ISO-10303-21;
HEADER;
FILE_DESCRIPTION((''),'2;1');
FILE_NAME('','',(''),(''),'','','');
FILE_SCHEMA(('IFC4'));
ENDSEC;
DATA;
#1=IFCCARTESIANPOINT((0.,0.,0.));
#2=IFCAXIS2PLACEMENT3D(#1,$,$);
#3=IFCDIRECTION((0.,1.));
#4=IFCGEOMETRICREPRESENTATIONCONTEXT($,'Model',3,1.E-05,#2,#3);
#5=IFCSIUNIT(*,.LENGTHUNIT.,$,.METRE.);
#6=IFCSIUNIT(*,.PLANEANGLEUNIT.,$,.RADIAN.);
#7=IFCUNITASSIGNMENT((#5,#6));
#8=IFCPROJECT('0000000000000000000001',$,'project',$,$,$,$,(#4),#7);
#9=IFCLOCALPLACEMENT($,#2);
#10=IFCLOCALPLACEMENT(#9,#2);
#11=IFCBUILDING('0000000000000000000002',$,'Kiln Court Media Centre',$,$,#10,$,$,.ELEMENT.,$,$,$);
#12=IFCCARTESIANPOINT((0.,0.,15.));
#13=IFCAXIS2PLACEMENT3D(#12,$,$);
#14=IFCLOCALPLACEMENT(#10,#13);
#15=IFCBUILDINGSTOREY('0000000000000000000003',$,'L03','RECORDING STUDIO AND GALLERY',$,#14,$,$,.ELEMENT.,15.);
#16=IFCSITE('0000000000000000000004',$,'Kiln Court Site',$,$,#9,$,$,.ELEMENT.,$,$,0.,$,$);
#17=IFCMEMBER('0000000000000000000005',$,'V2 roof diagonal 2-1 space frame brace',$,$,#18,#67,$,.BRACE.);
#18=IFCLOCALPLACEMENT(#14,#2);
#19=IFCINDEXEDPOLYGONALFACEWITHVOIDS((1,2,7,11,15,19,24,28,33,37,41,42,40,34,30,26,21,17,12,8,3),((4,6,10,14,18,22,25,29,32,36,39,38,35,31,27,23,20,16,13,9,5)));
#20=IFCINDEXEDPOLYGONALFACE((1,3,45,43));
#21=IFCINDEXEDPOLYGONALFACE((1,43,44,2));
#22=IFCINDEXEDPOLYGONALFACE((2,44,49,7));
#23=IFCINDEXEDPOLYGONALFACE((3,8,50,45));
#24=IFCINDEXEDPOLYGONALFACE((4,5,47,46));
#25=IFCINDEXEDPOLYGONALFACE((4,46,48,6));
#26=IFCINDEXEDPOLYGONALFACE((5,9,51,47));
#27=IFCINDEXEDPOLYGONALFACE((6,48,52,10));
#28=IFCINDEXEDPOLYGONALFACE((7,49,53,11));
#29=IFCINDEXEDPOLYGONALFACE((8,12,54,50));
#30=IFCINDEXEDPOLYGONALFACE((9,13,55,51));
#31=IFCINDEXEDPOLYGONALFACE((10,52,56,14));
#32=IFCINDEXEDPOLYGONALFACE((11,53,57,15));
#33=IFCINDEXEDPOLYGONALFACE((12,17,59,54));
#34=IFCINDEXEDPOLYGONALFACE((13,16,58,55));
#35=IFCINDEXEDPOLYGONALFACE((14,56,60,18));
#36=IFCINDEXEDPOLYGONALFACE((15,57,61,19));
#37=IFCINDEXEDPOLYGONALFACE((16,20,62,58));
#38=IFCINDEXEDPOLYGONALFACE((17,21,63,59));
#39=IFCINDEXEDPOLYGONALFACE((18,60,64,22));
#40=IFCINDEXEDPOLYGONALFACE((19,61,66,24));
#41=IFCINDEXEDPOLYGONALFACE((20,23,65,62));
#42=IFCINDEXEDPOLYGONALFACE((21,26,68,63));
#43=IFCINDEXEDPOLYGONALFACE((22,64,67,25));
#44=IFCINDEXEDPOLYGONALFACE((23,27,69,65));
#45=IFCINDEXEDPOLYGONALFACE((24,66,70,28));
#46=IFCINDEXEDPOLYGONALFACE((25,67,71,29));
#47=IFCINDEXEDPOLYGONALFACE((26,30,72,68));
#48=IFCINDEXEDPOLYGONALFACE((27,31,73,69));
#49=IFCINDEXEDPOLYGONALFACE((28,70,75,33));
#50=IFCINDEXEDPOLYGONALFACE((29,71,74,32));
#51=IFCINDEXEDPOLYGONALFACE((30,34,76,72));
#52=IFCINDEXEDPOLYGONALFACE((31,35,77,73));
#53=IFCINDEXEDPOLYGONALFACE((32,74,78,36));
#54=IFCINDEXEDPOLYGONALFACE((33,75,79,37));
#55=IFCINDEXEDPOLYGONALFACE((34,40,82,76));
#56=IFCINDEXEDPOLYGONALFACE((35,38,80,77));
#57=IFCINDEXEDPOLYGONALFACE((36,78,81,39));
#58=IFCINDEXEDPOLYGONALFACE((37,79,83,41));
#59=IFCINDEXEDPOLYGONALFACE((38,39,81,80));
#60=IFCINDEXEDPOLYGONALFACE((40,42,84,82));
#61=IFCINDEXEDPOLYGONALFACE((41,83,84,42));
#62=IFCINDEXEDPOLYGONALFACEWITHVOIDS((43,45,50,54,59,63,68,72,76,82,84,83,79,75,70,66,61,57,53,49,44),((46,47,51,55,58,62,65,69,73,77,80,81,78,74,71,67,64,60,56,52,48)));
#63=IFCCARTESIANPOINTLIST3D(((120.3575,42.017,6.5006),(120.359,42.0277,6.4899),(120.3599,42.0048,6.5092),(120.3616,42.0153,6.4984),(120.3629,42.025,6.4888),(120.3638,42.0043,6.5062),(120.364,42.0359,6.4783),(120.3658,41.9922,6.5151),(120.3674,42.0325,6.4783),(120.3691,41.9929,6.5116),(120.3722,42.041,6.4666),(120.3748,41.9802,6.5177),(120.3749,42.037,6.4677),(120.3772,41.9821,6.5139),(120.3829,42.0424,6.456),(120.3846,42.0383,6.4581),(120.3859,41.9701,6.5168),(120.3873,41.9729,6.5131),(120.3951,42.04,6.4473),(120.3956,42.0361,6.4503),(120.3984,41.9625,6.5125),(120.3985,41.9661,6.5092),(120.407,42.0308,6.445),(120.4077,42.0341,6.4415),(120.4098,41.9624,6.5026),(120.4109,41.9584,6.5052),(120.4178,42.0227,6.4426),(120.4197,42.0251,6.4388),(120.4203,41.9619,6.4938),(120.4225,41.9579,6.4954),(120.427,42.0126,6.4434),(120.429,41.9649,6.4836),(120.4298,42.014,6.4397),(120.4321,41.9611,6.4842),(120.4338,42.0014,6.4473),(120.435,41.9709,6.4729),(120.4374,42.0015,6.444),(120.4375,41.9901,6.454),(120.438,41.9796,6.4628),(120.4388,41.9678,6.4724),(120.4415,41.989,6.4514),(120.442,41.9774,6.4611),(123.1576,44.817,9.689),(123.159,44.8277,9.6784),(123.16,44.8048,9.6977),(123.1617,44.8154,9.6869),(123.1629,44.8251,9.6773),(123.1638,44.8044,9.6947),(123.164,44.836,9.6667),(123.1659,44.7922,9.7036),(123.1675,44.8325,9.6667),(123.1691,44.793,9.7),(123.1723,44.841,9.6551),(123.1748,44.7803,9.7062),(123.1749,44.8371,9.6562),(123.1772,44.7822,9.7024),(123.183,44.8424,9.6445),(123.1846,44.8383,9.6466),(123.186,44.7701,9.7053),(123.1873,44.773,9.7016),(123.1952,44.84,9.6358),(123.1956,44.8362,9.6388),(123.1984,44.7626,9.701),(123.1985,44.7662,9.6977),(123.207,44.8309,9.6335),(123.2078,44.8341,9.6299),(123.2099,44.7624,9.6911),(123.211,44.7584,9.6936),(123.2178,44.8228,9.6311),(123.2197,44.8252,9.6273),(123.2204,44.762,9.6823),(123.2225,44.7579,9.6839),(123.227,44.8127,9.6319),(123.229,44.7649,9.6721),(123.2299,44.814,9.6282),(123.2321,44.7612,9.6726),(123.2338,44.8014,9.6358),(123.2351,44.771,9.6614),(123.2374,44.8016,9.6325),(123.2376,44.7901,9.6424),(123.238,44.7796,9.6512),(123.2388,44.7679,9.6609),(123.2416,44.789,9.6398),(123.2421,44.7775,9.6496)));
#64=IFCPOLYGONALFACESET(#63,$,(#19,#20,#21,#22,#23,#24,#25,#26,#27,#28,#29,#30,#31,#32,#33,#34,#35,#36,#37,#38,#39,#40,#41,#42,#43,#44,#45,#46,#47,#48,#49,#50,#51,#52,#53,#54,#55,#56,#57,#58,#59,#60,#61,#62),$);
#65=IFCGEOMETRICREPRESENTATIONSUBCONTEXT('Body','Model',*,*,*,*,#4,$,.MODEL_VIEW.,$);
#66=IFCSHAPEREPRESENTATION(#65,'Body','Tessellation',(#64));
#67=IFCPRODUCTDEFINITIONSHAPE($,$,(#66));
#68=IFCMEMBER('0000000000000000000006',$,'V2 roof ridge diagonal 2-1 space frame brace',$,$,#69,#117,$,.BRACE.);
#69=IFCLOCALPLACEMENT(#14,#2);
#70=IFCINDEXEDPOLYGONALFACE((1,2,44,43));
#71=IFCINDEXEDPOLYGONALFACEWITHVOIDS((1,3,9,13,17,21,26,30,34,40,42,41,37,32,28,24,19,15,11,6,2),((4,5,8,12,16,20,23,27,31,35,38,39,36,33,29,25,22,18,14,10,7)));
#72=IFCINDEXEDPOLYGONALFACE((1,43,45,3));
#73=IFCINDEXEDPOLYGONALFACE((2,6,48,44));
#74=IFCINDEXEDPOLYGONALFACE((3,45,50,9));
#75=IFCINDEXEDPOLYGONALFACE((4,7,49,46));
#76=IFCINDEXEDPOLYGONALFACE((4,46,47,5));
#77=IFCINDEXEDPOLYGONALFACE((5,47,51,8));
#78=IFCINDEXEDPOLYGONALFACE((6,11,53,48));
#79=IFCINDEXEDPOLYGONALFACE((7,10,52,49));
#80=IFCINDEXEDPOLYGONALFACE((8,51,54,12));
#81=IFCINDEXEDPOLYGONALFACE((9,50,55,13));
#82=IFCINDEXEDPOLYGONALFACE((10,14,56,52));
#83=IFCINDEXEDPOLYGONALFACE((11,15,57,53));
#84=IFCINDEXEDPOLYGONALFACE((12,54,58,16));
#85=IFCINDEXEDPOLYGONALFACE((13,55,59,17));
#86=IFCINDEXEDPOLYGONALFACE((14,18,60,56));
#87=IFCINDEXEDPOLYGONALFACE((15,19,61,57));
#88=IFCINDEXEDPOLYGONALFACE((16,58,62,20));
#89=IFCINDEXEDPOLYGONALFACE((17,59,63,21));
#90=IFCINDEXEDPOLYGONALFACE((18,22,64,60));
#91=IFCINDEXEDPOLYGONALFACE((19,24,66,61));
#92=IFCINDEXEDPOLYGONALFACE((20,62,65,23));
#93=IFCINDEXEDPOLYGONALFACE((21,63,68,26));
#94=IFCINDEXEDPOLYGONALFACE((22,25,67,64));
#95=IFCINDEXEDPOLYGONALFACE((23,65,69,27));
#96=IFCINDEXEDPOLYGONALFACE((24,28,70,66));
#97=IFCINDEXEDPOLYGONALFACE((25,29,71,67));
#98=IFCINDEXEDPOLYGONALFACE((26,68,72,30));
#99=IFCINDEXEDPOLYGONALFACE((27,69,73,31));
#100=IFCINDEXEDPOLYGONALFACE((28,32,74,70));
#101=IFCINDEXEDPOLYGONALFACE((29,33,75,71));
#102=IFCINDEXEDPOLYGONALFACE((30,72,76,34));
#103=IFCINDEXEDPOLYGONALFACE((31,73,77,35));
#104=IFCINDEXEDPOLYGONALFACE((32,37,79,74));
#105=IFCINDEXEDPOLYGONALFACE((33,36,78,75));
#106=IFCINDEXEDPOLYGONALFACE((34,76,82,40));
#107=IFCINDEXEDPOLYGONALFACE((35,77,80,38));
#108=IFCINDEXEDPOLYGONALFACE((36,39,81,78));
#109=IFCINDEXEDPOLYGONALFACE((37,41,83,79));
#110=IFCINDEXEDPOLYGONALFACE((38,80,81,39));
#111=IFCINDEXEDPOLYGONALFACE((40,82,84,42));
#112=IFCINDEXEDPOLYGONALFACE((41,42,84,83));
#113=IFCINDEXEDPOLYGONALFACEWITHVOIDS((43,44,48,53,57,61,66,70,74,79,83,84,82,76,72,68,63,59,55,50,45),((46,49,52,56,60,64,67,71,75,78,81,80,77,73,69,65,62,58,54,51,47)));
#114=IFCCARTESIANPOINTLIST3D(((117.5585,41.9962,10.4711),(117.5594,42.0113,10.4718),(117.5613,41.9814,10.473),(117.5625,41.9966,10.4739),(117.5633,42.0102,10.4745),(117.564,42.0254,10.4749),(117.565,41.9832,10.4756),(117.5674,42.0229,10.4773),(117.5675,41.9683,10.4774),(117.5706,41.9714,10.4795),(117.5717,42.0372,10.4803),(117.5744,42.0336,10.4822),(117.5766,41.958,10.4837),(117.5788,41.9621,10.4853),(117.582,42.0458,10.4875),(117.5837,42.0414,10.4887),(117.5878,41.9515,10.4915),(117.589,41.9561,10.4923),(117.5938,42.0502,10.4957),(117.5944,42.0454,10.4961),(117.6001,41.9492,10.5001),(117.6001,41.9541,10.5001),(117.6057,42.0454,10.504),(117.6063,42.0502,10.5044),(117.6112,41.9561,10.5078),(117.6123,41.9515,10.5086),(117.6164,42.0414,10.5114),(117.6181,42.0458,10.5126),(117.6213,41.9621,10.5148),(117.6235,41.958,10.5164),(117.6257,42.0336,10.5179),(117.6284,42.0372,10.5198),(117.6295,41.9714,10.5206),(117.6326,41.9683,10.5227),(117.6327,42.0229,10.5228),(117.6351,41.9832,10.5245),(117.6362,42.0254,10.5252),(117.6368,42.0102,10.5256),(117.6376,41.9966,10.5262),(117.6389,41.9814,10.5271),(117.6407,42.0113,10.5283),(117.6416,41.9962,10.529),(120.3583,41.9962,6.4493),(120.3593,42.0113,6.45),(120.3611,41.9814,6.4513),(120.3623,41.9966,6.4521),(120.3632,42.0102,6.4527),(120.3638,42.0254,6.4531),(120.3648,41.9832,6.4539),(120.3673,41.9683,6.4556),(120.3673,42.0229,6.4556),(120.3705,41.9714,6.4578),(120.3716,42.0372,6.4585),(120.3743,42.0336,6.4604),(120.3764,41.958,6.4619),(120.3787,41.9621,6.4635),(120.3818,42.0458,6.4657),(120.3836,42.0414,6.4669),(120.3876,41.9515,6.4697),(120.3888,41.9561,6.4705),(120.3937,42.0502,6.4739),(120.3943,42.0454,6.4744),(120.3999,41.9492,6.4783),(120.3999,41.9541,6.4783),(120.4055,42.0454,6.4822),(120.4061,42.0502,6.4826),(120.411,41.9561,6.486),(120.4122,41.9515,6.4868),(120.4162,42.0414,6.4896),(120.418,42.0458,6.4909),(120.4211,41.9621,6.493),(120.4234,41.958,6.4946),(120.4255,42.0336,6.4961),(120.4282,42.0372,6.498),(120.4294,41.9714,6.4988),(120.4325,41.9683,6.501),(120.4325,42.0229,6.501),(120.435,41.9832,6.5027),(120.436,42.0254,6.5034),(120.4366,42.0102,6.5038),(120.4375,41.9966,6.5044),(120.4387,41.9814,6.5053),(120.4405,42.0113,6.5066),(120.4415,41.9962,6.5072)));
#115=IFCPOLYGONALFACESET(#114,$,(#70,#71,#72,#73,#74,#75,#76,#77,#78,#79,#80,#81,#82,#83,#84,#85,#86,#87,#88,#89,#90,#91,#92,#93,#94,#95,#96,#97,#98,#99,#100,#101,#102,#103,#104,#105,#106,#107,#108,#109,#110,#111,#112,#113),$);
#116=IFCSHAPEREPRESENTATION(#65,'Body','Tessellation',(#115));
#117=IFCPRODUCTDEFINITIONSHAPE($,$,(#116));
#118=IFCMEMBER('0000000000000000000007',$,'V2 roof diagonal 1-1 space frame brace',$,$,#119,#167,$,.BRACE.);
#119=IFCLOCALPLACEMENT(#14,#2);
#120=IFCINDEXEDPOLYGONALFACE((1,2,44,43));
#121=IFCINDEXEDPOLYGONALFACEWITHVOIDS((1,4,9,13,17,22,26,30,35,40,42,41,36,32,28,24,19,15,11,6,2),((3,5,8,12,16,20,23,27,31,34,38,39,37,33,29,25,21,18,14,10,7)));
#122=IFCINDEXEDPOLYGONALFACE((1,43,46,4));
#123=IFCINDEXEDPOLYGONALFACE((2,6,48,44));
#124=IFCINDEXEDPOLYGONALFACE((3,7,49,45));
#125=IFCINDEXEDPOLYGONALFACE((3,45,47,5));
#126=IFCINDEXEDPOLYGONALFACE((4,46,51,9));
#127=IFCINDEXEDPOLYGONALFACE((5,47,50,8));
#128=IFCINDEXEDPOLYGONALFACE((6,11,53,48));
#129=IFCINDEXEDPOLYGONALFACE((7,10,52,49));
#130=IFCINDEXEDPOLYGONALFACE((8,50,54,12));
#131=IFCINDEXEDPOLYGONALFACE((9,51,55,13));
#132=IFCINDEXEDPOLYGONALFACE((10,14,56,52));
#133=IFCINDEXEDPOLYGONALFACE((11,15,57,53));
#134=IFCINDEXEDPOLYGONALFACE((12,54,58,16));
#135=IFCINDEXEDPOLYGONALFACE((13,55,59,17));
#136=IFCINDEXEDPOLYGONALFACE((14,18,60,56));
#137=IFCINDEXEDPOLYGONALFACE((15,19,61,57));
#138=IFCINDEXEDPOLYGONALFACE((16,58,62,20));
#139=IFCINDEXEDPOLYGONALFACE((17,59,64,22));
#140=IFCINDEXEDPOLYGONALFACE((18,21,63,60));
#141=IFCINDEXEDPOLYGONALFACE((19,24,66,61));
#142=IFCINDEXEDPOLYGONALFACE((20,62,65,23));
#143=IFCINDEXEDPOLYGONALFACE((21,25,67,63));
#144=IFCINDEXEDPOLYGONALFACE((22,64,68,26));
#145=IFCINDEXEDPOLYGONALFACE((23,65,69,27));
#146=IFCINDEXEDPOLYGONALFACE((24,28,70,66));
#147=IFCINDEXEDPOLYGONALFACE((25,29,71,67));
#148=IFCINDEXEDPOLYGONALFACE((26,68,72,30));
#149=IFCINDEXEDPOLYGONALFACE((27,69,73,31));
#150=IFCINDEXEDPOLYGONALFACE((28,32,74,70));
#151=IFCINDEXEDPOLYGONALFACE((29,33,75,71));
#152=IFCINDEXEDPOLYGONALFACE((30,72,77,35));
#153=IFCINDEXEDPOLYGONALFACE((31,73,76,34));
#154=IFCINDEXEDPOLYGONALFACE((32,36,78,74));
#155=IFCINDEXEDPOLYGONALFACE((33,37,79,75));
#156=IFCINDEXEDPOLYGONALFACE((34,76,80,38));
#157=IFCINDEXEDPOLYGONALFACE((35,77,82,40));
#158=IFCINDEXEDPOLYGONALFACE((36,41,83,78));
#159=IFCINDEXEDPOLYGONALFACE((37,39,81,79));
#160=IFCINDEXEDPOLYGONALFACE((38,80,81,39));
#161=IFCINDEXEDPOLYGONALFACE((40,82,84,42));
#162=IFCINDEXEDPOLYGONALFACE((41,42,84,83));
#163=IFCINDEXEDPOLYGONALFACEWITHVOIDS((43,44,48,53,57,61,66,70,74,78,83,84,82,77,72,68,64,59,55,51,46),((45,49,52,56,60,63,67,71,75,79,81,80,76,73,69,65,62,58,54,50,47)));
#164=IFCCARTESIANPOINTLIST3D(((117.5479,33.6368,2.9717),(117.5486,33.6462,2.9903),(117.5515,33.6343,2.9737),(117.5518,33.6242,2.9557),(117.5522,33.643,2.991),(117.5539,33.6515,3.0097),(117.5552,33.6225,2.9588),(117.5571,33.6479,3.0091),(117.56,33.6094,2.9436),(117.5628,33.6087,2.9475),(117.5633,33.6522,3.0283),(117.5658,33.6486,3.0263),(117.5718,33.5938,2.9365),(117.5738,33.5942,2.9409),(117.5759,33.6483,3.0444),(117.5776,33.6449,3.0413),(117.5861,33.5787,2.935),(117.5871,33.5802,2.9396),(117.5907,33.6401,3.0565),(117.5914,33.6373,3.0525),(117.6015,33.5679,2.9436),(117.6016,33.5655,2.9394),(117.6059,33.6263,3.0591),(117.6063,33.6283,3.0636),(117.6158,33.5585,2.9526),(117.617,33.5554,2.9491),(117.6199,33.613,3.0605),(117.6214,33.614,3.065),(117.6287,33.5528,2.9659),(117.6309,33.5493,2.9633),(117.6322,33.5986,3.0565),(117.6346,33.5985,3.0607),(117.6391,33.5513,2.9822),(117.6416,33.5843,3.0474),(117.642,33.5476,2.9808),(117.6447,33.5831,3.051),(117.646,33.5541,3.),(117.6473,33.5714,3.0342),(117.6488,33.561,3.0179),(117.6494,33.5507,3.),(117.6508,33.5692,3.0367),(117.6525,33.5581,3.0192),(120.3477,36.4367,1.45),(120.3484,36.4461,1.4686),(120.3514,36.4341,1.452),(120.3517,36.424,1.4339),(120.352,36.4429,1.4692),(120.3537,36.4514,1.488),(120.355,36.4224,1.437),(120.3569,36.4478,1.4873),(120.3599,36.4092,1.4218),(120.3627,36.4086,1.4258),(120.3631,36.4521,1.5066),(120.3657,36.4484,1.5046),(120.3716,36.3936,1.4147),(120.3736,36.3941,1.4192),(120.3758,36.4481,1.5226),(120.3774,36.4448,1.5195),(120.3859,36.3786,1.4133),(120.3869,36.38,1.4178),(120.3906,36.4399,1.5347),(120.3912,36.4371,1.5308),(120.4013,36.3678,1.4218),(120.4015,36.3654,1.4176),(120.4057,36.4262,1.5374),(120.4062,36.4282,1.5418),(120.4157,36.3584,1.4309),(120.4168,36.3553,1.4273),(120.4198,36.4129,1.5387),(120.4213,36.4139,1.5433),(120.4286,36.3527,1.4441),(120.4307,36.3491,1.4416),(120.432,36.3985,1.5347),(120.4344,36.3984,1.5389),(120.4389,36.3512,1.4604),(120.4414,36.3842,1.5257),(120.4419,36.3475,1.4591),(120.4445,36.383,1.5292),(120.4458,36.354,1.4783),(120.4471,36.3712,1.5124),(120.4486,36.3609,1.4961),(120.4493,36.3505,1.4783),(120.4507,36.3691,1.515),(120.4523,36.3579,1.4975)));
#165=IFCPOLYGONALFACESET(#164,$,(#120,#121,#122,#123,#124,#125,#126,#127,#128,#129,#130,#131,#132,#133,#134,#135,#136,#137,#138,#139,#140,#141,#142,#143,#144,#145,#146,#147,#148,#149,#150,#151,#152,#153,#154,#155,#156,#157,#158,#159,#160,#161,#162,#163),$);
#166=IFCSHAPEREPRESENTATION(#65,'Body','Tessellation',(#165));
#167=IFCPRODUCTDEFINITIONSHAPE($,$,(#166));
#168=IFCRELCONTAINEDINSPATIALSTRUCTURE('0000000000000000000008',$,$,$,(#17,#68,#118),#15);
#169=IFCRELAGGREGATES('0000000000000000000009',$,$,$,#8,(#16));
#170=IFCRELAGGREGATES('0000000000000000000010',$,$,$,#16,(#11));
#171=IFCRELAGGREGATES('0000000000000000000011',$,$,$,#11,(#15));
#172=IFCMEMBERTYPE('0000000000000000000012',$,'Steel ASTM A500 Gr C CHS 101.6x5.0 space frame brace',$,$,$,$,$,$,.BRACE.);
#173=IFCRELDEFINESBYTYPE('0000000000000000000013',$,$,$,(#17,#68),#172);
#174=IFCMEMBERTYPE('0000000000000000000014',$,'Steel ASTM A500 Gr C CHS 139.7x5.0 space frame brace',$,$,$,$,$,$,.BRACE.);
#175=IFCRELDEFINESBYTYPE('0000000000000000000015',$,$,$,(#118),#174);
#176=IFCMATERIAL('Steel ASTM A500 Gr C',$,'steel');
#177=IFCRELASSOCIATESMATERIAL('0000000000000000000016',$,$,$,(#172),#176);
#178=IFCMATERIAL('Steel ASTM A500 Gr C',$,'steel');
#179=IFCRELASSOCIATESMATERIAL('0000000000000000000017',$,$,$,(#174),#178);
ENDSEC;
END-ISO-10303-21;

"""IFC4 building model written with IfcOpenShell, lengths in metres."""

from ifc_helpers import new_model, si_unit, direction, frame, origin, origin_2d, place, context, subcontext, project, spatial, hollow_circle, extrude, material, material_profile, profile_set, type_object, element, save


model = new_model("IFC4")

# Units and contexts
model_context = context("Model", 3, precision=1e-05, world=origin(), true_north=direction((0.0, 1.0)))
body_context = subcontext(model_context, "Body", "Model", "MODEL_VIEW")
ifc_project = project(units=[si_unit("LENGTHUNIT", "METRE"), si_unit("PLANEANGLEUNIT", "RADIAN")], contexts=[model_context])

# Site, building, storey
site_placement = place(None, origin())
site = spatial("IfcSite", under=ifc_project, at=site_placement, Name="Kiln Court Site", CompositionType="ELEMENT", RefElevation=0.0)
building_placement = place(site_placement, origin())
building = spatial("IfcBuilding", under=site, at=building_placement, Name="Kiln Court Media Centre", CompositionType="ELEMENT")
storey_placement = place(building_placement, frame((0.0, 0.0, 15.0)))
storey = spatial("IfcBuildingStorey", under=building, at=storey_placement, Name="L03", Description="RECORDING STUDIO AND GALLERY", CompositionType="ELEMENT", Elevation=15.0)

# Members
ifc_material_1 = material(Name="Steel ASTM A500 Gr C", Category="steel")
ifc_material_profile_1 = material_profile(ifc_material_1, hollow_circle(Radius=0.0508, WallThickness=0.0049, at=origin_2d()), Name="CHS 101.6x5.0")
ifc_profile_set_1 = profile_set([ifc_material_profile_1], Name="Steel ASTM A500 Gr C")
member_type_1 = type_object("IfcMemberType", Name="Steel ASTM A500 Gr C CHS 101.6x5.0 space frame brace", PredefinedType="BRACE", material=ifc_profile_set_1)
member_1_placement = place(storey_placement, frame((120.3999, 42.0, 6.4783), z_axis=(0.550758, 0.550758, 0.627161), x_axis=(-0.707107, 0.707107, 0.0)))
element("IfcMember", 1, at=member_1_placement, inside=storey, type_object=member_type_1, Name="V2 roof diagonal 2-1 space frame brace", PredefinedType="BRACE", context=body_context, shape_type="SweptSolid", body=[
    extrude(hollow_circle(Radius=0.0508, WallThickness=0.0049, at=origin_2d()), origin(), (0.0, 0.0, 1.0), 5.084),
])
member_2_placement = place(storey_placement, frame((120.3999, 42.0, 6.4783), z_axis=(-0.571351, 0.0, 0.820706), x_axis=(0.0, -1.0, 0.0)))
element("IfcMember", 2, at=member_2_placement, inside=storey, type_object=member_type_1, Name="V2 roof ridge diagonal 2-1 space frame brace", PredefinedType="BRACE", context=body_context, shape_type="SweptSolid", body=[
    extrude(hollow_circle(Radius=0.0508, WallThickness=0.0049, at=origin_2d()), origin(), (0.0, 0.0, 1.0), 4.9004),
])
ifc_material_2 = material(Name="Steel ASTM A500 Gr C", Category="steel")
ifc_material_profile_2 = material_profile(ifc_material_2, hollow_circle(Radius=0.0698, WallThickness=0.0049, at=origin_2d()), Name="CHS 139.7x5.0")
ifc_profile_set_2 = profile_set([ifc_material_profile_2], Name="Steel ASTM A500 Gr C")
member_type_2 = type_object("IfcMemberType", Name="Steel ASTM A500 Gr C CHS 139.7x5.0 space frame brace", PredefinedType="BRACE", material=ifc_profile_set_2)
member_3_placement = place(storey_placement, frame((120.3999, 36.3999, 1.4783), z_axis=(-0.66004, -0.66004, 0.35874), x_axis=(0.707107, -0.707107, 0.0)))
element("IfcMember", 3, at=member_3_placement, inside=storey, type_object=member_type_2, Name="V2 roof diagonal 1-1 space frame brace", PredefinedType="BRACE", context=body_context, shape_type="SweptSolid", body=[
    extrude(hollow_circle(Radius=0.0698, WallThickness=0.0049, at=origin_2d()), origin(), (0.0, 0.0, 1.0), 4.2419),
])

save(model, "model.ifc")
